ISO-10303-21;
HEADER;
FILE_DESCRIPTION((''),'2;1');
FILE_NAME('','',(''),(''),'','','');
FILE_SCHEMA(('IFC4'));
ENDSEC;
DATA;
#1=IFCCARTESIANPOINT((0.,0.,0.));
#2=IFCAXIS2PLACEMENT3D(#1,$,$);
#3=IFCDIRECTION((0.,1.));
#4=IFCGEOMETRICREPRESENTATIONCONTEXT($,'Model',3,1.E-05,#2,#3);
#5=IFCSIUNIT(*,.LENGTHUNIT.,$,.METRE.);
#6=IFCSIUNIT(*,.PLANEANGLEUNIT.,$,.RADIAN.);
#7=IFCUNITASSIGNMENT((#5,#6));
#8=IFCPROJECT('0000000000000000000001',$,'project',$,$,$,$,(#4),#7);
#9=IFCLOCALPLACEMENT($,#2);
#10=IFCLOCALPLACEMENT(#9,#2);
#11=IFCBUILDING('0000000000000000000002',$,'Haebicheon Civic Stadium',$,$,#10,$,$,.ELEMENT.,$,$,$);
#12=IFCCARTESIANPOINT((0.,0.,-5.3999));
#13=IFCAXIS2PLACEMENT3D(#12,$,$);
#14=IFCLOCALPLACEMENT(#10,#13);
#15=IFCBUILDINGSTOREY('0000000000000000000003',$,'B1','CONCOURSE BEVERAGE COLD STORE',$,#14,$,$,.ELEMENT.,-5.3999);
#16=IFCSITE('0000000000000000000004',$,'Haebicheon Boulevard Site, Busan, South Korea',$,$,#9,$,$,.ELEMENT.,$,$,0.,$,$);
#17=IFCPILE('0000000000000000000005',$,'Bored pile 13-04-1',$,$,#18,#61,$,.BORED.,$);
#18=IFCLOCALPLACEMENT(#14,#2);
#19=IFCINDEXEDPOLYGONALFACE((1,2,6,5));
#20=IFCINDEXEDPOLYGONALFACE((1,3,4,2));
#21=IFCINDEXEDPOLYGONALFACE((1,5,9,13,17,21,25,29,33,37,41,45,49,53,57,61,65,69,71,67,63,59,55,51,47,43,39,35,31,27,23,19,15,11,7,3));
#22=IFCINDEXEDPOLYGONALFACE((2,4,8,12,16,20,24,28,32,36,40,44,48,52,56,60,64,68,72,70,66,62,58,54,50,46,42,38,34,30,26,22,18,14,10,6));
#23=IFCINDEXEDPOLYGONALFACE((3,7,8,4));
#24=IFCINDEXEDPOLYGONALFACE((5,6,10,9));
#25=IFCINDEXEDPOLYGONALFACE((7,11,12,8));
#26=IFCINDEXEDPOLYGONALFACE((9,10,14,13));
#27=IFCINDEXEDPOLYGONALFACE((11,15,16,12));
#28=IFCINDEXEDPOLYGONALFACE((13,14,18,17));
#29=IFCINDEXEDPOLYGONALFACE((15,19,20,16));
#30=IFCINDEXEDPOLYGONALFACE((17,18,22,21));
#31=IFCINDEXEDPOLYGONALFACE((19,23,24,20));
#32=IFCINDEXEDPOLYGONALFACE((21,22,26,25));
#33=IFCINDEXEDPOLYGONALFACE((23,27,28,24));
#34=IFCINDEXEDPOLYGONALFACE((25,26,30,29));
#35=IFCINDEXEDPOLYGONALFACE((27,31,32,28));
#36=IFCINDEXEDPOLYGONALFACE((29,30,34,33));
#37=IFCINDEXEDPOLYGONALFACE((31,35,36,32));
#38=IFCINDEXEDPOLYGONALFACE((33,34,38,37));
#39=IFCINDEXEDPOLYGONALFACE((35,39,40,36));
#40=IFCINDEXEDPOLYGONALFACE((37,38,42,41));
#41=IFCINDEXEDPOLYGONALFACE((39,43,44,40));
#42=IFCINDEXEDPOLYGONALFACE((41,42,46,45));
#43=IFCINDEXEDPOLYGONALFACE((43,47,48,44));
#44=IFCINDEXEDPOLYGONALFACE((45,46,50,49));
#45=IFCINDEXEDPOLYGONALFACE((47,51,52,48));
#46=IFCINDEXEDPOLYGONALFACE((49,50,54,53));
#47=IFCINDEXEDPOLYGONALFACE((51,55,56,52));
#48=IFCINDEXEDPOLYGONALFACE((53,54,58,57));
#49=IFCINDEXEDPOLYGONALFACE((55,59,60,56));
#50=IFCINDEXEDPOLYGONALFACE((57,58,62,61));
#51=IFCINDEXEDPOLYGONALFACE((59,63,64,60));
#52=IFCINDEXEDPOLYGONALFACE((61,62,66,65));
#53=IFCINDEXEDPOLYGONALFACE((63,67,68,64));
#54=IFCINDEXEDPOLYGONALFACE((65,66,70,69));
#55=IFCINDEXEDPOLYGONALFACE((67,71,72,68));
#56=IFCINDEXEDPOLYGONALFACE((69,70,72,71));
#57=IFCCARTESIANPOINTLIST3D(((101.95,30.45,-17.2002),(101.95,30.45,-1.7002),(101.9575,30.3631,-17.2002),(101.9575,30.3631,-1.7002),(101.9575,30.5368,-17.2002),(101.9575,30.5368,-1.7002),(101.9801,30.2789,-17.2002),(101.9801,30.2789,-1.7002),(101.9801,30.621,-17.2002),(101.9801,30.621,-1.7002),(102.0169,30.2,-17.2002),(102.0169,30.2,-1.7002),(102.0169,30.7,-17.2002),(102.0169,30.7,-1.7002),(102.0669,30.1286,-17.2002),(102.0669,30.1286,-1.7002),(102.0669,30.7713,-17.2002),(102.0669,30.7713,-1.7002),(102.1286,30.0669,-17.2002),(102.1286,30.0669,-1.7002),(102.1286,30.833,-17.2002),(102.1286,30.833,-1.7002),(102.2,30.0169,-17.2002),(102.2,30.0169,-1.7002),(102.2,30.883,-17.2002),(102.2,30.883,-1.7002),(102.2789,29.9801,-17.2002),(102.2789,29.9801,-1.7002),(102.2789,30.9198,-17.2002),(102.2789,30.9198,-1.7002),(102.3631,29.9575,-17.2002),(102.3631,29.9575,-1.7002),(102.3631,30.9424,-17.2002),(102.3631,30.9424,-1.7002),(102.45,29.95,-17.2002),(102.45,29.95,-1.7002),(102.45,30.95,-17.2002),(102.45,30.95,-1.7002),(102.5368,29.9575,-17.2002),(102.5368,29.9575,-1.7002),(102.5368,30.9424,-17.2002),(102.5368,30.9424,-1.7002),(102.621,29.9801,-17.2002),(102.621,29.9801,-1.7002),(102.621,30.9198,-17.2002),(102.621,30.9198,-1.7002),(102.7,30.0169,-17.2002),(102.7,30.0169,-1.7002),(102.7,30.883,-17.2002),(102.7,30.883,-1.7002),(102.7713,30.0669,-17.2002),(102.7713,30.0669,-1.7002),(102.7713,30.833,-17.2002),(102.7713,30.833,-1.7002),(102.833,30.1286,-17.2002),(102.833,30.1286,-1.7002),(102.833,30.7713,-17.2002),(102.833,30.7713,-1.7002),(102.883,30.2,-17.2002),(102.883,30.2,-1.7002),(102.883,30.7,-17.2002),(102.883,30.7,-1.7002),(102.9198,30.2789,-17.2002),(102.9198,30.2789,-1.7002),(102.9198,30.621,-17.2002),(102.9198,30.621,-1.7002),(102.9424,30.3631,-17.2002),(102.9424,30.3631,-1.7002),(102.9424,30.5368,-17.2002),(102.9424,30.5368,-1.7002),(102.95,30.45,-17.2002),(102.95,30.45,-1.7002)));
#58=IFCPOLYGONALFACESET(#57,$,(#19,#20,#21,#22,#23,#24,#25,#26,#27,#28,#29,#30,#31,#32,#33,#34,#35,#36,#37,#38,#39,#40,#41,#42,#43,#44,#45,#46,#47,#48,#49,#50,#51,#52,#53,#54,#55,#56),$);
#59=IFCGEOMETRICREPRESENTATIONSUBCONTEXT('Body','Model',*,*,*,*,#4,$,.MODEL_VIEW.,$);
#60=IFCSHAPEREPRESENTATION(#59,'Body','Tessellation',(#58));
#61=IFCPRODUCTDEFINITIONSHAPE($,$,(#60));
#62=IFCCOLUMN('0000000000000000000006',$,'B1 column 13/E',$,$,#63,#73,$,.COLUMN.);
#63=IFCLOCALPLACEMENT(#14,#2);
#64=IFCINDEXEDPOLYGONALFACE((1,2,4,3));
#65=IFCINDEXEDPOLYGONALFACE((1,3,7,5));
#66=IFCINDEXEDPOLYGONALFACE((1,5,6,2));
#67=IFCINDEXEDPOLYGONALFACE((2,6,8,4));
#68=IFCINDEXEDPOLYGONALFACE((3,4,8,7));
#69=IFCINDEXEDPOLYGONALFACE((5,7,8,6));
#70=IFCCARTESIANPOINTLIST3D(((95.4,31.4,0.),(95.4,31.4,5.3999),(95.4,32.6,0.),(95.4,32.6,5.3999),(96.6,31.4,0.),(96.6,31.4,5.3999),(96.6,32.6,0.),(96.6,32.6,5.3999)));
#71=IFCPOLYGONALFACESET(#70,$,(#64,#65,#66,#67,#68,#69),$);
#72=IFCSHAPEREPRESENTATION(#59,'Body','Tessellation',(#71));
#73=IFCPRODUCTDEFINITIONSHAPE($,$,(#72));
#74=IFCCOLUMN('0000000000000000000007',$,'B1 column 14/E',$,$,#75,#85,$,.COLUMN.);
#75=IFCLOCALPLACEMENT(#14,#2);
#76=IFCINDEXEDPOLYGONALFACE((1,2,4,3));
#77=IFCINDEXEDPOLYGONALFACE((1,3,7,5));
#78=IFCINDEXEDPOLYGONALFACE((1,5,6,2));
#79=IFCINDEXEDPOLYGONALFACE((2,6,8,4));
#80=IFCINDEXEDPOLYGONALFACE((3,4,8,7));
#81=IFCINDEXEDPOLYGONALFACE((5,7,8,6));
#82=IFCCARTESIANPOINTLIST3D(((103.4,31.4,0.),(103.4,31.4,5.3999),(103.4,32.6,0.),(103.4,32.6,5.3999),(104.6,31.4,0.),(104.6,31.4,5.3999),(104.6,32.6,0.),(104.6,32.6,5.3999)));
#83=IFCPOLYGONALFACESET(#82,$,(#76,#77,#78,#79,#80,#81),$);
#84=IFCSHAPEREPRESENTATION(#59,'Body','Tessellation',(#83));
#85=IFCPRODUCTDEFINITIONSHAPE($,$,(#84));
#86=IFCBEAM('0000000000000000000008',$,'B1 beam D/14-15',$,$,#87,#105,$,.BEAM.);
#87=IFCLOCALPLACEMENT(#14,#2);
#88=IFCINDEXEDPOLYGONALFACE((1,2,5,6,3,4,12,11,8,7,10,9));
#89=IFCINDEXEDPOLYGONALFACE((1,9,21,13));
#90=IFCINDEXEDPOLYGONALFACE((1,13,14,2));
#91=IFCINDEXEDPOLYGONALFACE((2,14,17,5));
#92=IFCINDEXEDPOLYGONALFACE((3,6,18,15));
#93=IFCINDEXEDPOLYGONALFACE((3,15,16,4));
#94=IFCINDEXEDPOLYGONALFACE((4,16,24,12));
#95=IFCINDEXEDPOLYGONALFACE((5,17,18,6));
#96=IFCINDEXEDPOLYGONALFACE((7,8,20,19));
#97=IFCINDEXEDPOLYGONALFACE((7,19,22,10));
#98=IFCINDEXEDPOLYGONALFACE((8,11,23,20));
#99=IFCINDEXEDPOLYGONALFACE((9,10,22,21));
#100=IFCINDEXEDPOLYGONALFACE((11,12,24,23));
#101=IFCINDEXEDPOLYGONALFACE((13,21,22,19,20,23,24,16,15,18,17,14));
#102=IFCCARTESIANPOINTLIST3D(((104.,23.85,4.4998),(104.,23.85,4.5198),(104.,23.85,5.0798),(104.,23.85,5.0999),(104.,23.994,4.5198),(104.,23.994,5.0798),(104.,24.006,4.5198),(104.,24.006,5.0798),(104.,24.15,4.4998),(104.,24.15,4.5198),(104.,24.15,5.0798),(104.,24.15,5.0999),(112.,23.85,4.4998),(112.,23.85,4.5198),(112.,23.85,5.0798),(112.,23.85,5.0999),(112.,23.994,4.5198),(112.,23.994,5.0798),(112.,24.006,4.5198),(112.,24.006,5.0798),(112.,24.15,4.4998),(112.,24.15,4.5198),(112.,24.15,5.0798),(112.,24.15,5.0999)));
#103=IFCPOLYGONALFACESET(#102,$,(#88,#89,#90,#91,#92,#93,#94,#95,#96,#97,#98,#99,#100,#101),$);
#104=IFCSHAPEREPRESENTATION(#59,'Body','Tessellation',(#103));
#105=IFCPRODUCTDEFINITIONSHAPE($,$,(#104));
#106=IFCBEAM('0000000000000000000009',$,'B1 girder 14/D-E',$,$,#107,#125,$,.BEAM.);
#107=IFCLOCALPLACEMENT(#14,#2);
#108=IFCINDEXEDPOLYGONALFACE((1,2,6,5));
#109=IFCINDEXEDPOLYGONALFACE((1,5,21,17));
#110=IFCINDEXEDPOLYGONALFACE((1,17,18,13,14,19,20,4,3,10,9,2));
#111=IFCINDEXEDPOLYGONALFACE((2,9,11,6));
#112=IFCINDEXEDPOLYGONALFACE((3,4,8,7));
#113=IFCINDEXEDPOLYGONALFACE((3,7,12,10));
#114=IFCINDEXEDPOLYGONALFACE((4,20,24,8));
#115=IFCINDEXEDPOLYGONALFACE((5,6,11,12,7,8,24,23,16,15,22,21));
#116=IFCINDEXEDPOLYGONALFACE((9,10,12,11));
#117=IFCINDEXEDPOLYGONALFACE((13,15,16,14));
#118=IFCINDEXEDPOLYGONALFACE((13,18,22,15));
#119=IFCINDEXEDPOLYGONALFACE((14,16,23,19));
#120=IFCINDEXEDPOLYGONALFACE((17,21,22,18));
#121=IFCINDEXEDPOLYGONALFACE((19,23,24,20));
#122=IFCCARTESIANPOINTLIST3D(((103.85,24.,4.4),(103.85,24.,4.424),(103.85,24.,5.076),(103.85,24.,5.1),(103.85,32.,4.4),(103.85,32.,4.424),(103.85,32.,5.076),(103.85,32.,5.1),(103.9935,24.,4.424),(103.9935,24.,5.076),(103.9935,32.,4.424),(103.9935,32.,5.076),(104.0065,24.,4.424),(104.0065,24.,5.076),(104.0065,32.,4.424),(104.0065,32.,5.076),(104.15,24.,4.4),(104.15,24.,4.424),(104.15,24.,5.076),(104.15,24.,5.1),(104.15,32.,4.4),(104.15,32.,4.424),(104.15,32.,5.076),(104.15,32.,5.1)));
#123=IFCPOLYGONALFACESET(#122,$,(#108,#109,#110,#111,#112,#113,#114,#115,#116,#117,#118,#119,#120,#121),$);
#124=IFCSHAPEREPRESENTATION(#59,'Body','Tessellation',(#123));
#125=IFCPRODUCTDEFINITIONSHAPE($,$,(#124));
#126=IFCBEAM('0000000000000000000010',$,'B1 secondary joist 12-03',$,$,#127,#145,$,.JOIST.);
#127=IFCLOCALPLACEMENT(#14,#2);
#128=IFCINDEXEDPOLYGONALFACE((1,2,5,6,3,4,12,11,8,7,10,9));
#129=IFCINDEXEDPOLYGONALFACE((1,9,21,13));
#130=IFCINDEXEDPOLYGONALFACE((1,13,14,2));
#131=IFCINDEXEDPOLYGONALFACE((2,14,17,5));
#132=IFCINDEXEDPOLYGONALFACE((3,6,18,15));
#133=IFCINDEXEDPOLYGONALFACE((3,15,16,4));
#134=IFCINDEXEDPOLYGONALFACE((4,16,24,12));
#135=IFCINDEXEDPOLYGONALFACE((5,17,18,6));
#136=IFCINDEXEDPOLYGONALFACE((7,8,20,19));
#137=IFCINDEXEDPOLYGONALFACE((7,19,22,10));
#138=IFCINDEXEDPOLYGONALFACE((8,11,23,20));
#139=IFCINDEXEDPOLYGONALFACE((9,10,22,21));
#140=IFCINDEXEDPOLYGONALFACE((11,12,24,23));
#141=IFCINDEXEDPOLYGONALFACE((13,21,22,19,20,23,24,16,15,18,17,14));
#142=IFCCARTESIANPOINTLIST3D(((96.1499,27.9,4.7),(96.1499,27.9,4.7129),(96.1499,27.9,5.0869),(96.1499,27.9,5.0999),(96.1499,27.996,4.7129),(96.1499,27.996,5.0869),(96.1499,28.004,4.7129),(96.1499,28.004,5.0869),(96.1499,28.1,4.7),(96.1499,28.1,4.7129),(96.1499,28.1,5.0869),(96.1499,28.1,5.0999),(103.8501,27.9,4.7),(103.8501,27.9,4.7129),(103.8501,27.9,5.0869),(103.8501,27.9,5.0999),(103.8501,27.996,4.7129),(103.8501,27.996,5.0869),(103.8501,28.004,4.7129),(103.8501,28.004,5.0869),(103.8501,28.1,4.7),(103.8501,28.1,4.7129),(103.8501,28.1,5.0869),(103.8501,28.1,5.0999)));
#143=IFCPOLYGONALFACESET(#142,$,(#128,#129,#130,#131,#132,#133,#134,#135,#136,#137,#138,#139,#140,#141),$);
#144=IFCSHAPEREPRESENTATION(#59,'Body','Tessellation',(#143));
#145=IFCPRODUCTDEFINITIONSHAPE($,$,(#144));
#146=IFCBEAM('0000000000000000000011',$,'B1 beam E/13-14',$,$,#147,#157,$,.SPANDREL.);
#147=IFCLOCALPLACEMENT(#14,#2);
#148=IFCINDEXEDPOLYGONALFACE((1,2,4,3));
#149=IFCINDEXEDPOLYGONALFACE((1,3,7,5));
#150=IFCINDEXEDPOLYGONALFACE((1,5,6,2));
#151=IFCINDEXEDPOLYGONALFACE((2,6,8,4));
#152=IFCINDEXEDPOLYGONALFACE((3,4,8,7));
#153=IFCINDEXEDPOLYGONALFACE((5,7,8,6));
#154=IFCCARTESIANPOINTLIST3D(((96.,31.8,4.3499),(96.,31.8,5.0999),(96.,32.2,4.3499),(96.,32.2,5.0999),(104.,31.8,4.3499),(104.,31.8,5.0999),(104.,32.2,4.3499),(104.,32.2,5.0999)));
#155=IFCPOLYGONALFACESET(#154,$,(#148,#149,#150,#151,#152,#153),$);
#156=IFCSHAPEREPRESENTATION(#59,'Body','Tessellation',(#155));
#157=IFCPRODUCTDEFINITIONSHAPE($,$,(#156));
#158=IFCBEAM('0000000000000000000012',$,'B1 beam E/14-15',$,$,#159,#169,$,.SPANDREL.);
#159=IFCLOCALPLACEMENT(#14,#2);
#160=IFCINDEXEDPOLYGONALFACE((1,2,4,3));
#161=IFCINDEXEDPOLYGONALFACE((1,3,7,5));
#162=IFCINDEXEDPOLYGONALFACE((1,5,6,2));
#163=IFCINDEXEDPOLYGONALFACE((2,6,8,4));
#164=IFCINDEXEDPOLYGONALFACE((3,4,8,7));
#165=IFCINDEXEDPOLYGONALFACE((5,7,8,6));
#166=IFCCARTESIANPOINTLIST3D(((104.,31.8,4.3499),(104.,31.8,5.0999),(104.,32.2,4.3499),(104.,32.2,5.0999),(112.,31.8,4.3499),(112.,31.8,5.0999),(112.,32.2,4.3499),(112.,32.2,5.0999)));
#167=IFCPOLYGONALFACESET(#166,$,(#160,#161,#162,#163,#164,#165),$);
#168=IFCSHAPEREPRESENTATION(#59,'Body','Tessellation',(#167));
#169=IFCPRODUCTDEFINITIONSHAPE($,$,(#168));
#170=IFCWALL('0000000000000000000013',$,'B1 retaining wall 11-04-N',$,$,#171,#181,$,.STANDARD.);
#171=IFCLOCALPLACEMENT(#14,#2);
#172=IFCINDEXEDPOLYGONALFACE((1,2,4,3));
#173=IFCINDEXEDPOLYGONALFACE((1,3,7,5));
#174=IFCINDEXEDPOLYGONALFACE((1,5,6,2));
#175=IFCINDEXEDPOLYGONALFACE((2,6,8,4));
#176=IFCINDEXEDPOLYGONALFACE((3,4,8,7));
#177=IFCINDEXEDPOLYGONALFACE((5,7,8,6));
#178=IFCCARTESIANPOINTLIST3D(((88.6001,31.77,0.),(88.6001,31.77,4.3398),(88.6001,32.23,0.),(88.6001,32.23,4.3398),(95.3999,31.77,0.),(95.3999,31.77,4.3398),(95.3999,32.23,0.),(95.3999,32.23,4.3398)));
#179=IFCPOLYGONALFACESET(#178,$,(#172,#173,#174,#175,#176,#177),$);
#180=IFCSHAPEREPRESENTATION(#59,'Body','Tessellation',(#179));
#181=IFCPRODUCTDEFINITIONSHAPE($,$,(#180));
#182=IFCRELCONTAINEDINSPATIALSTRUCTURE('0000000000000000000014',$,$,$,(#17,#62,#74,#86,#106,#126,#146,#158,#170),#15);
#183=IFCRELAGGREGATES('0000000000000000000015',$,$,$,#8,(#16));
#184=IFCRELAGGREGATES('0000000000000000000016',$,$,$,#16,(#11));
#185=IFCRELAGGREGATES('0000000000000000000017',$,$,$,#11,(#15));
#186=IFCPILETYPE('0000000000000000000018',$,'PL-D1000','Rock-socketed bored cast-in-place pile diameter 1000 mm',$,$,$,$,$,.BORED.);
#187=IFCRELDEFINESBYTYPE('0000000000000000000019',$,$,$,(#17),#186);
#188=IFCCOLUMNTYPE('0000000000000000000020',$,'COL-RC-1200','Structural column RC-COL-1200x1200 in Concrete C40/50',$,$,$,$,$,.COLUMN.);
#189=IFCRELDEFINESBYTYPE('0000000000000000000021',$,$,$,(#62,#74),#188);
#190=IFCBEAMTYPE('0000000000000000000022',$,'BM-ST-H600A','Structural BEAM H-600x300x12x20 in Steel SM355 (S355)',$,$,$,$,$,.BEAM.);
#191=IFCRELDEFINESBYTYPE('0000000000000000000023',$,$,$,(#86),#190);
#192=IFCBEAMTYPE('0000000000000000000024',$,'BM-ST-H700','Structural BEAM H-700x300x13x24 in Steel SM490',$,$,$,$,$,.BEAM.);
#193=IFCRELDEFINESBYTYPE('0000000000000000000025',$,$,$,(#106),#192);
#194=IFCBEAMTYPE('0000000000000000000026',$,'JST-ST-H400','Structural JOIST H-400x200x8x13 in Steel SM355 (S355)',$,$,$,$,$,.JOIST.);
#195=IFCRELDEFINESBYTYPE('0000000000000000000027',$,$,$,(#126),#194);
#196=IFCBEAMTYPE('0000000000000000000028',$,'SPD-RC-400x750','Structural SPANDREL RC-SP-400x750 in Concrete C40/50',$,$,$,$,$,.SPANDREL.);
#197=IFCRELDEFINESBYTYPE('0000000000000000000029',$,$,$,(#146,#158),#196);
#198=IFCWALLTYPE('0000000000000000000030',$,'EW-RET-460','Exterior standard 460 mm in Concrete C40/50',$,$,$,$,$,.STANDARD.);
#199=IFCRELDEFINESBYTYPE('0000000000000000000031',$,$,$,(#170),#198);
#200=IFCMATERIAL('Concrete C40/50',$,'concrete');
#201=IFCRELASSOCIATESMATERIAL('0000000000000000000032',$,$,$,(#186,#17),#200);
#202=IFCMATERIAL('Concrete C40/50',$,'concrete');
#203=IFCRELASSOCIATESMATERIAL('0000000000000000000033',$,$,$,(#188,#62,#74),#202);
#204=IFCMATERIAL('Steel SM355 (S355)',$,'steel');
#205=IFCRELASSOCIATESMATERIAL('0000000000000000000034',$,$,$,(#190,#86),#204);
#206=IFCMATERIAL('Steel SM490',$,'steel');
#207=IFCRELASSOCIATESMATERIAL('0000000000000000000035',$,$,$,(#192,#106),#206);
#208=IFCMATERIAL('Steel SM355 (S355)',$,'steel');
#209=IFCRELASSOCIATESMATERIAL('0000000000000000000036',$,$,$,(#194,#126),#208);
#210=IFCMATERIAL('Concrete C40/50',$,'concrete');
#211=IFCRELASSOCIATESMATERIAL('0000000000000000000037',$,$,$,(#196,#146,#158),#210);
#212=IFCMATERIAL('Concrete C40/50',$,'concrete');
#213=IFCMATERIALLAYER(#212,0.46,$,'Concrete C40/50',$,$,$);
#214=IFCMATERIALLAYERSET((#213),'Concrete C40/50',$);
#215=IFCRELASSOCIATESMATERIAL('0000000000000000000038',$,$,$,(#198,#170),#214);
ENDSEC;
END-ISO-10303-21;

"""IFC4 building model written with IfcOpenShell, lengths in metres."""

from ifc_helpers import new_model, si_unit, direction, frame, frame_2d, origin, origin_2d, place, context, subcontext, project, spatial, rectangle, circle, i_section, extrude, material, layer, layer_set, material_profile, profile_set, type_object, element, save


model = new_model("IFC4")

# Units and contexts
model_context = context("Model", 3, precision=1e-05, world=origin(), true_north=direction((0.0, 1.0)))
body_context = subcontext(model_context, "Body", "Model", "MODEL_VIEW")
ifc_project = project(units=[si_unit("LENGTHUNIT", "METRE"), si_unit("PLANEANGLEUNIT", "RADIAN")], contexts=[model_context])

# Site, building, storey
site_placement = place(None, origin())
site = spatial("IfcSite", under=ifc_project, at=site_placement, Name="Haebicheon Boulevard Site, Busan, South Korea", CompositionType="ELEMENT", RefElevation=0.0)
building_placement = place(site_placement, origin())
building = spatial("IfcBuilding", under=site, at=building_placement, Name="Haebicheon Civic Stadium", CompositionType="ELEMENT")
storey_placement = place(building_placement, frame((0.0, 0.0, -5.3999)))
storey = spatial("IfcBuildingStorey", under=building, at=storey_placement, Name="B1", Description="CONCOURSE BEVERAGE COLD STORE", CompositionType="ELEMENT", Elevation=-5.3999)

# Pile
ifc_material_1 = material(Name="Concrete C40/50", Category="concrete")
ifc_material_profile_1 = material_profile(ifc_material_1, circle(Radius=0.5, at=origin_2d()), Name="PILE-D1000")
ifc_profile_set_1 = profile_set([ifc_material_profile_1], Name="Concrete C40/50")
pile_type = type_object("IfcPileType", Name="PL-D1000", Description="Rock-socketed bored cast-in-place pile diameter 1000 mm", PredefinedType="BORED", material=ifc_profile_set_1)
for number, where, z_axis, x_axis, name in (
    (1, (102.45, 30.45, -1.7002), (0.0, 0.0, -1.0), (1.0, 0.0, 0.0), "Bored pile 13-04-1"),
):
    element("IfcPile", number, at=place(storey_placement, frame(where, z_axis=z_axis, x_axis=x_axis)), inside=storey, type_object=pile_type, material=ifc_profile_set_1, Name=name, PredefinedType="BORED", context=body_context, shape_type="SweptSolid", body=[
        extrude(circle(Radius=0.5, at=origin_2d()), origin(), (0.0, 0.0, 1.0), 15.5),
    ])

# Columns
ifc_material_2 = material(Name="Concrete C40/50", Category="concrete")
ifc_material_profile_2 = material_profile(ifc_material_2, rectangle(XDim=1.2, YDim=1.2, at=origin_2d()), Name="RC-COL-1200x1200")
ifc_profile_set_2 = profile_set([ifc_material_profile_2], Name="Concrete C40/50")
column_type = type_object("IfcColumnType", Name="COL-RC-1200", Description="Structural column RC-COL-1200x1200 in Concrete C40/50", PredefinedType="COLUMN", material=ifc_profile_set_2)
for number, where, z_axis, x_axis, name in (
    (2, (96.0, 32.0, 0.0), (0.0, 0.0, 1.0), (1.0, 0.0, 0.0), "B1 column 13/E"),
    (3, (104.0, 32.0, 0.0), (0.0, 0.0, 1.0), (1.0, 0.0, 0.0), "B1 column 14/E"),
):
    element("IfcColumn", number, at=place(storey_placement, frame(where, z_axis=z_axis, x_axis=x_axis)), inside=storey, type_object=column_type, material=ifc_profile_set_2, Name=name, PredefinedType="COLUMN", context=body_context, shape_type="SweptSolid", body=[
        extrude(rectangle(XDim=1.2, YDim=1.2, at=origin_2d()), origin(), (0.0, 0.0, 1.0), 5.3999),
    ])

# Beams
ifc_material_3 = material(Name="Steel SM355 (S355)", Category="steel")
ifc_material_profile_3 = material_profile(ifc_material_3, i_section(OverallWidth=0.3, OverallDepth=0.6001, WebThickness=0.012, FlangeThickness=0.02, at=origin_2d()), Name="H-600x300x12x20")
ifc_profile_set_3 = profile_set([ifc_material_profile_3], Name="Steel SM355 (S355)")
beam_type_1 = type_object("IfcBeamType", Name="BM-ST-H600A", Description="Structural BEAM H-600x300x12x20 in Steel SM355 (S355)", PredefinedType="BEAM", material=ifc_profile_set_3)
beam_1_placement = place(storey_placement, frame((104.0, 24.0, 4.7998), z_axis=(1.0, 0.0, 0.0), x_axis=(0.0, 1.0, 0.0)))
element("IfcBeam", 4, at=beam_1_placement, inside=storey, type_object=beam_type_1, material=ifc_profile_set_3, Name="B1 beam D/14-15", PredefinedType="BEAM", context=body_context, shape_type="SweptSolid", body=[
    extrude(i_section(OverallWidth=0.3, OverallDepth=0.6001, WebThickness=0.012, FlangeThickness=0.02, at=origin_2d()), origin(), (0.0, 0.0, 1.0), 8.0),
])
ifc_material_4 = material(Name="Steel SM490", Category="steel")
ifc_material_profile_4 = material_profile(ifc_material_4, i_section(OverallWidth=0.3, OverallDepth=0.7, WebThickness=0.0129, FlangeThickness=0.0239, at=origin_2d()), Name="H-700x300x13x24")
ifc_profile_set_4 = profile_set([ifc_material_profile_4], Name="Steel SM490")
beam_type_2 = type_object("IfcBeamType", Name="BM-ST-H700", Description="Structural BEAM H-700x300x13x24 in Steel SM490", PredefinedType="BEAM", material=ifc_profile_set_4)
beam_2_placement = place(storey_placement, frame((104.0, 24.0, 4.75), z_axis=(0.0, 1.0, 0.0), x_axis=(-1.0, 0.0, 0.0)))
element("IfcBeam", 5, at=beam_2_placement, inside=storey, type_object=beam_type_2, material=ifc_profile_set_4, Name="B1 girder 14/D-E", PredefinedType="BEAM", context=body_context, shape_type="SweptSolid", body=[
    extrude(i_section(OverallWidth=0.3, OverallDepth=0.7, WebThickness=0.0129, FlangeThickness=0.0239, at=origin_2d()), origin(), (0.0, 0.0, 1.0), 8.0),
])
ifc_material_5 = material(Name="Steel SM355 (S355)", Category="steel")
ifc_material_profile_5 = material_profile(ifc_material_5, i_section(OverallWidth=0.2, OverallDepth=0.3999, WebThickness=0.0081, FlangeThickness=0.0129, at=origin_2d()), Name="H-400x200x8x13")
ifc_profile_set_5 = profile_set([ifc_material_profile_5], Name="Steel SM355 (S355)")
beam_type_3 = type_object("IfcBeamType", Name="JST-ST-H400", Description="Structural JOIST H-400x200x8x13 in Steel SM355 (S355)", PredefinedType="JOIST", material=ifc_profile_set_5)
beam_3_placement = place(storey_placement, frame((96.1499, 28.0, 4.8999), z_axis=(1.0, 0.0, 0.0), x_axis=(0.0, 1.0, 0.0)))
element("IfcBeam", 6, at=beam_3_placement, inside=storey, type_object=beam_type_3, material=ifc_profile_set_5, Name="B1 secondary joist 12-03", PredefinedType="JOIST", context=body_context, shape_type="SweptSolid", body=[
    extrude(i_section(OverallWidth=0.2, OverallDepth=0.3999, WebThickness=0.0081, FlangeThickness=0.0129, at=origin_2d()), origin(), (0.0, 0.0, 1.0), 7.7002),
])
ifc_material_6 = material(Name="Concrete C40/50", Category="concrete")
ifc_material_profile_6 = material_profile(ifc_material_6, rectangle(XDim=0.3999, YDim=0.75, at=origin_2d()), Name="RC-SP-400x750")
ifc_profile_set_6 = profile_set([ifc_material_profile_6], Name="Concrete C40/50")
beam_type_4 = type_object("IfcBeamType", Name="SPD-RC-400x750", Description="Structural SPANDREL RC-SP-400x750 in Concrete C40/50", PredefinedType="SPANDREL", material=ifc_profile_set_6)
for number, where, z_axis, x_axis, name in (
    (7, (96.0, 32.0, 4.7249), (1.0, 0.0, 0.0), (0.0, 1.0, 0.0), "B1 beam E/13-14"),
    (8, (104.0, 32.0, 4.7249), (1.0, 0.0, 0.0), (0.0, 1.0, 0.0), "B1 beam E/14-15"),
):
    element("IfcBeam", number, at=place(storey_placement, frame(where, z_axis=z_axis, x_axis=x_axis)), inside=storey, type_object=beam_type_4, material=ifc_profile_set_6, Name=name, PredefinedType="SPANDREL", context=body_context, shape_type="SweptSolid", body=[
        extrude(rectangle(XDim=0.3999, YDim=0.75, at=origin_2d()), origin(), (0.0, 0.0, 1.0), 8.0),
    ])

# Wall
ifc_material_7 = material(Name="Concrete C40/50", Category="concrete")
ifc_layer_1 = layer(ifc_material_7, 0.46, Name="Concrete C40/50")
ifc_layer_set_1 = layer_set([ifc_layer_1], Name="Concrete C40/50")
wall_type_1 = type_object("IfcWallType", Name="EW-RET-460", Description="Exterior standard 460 mm in Concrete C40/50", PredefinedType="STANDARD", material=ifc_layer_set_1)
wall_1_placement = place(storey_placement, frame((88.6001, 32.0, 0.0), z_axis=(0.0, 0.0, 1.0), x_axis=(1.0, 0.0, 0.0)))
element("IfcWall", 9, at=wall_1_placement, inside=storey, type_object=wall_type_1, material=ifc_layer_set_1, Name="B1 retaining wall 11-04-N", PredefinedType="STANDARD", context=body_context, shape_type="SweptSolid", body=[
    extrude(rectangle(XDim=6.7998, YDim=0.46, at=frame_2d((3.3999, 0.0))), origin(), (0.0, 0.0, 1.0), 4.3398),
])

save(model, "model.ifc")
